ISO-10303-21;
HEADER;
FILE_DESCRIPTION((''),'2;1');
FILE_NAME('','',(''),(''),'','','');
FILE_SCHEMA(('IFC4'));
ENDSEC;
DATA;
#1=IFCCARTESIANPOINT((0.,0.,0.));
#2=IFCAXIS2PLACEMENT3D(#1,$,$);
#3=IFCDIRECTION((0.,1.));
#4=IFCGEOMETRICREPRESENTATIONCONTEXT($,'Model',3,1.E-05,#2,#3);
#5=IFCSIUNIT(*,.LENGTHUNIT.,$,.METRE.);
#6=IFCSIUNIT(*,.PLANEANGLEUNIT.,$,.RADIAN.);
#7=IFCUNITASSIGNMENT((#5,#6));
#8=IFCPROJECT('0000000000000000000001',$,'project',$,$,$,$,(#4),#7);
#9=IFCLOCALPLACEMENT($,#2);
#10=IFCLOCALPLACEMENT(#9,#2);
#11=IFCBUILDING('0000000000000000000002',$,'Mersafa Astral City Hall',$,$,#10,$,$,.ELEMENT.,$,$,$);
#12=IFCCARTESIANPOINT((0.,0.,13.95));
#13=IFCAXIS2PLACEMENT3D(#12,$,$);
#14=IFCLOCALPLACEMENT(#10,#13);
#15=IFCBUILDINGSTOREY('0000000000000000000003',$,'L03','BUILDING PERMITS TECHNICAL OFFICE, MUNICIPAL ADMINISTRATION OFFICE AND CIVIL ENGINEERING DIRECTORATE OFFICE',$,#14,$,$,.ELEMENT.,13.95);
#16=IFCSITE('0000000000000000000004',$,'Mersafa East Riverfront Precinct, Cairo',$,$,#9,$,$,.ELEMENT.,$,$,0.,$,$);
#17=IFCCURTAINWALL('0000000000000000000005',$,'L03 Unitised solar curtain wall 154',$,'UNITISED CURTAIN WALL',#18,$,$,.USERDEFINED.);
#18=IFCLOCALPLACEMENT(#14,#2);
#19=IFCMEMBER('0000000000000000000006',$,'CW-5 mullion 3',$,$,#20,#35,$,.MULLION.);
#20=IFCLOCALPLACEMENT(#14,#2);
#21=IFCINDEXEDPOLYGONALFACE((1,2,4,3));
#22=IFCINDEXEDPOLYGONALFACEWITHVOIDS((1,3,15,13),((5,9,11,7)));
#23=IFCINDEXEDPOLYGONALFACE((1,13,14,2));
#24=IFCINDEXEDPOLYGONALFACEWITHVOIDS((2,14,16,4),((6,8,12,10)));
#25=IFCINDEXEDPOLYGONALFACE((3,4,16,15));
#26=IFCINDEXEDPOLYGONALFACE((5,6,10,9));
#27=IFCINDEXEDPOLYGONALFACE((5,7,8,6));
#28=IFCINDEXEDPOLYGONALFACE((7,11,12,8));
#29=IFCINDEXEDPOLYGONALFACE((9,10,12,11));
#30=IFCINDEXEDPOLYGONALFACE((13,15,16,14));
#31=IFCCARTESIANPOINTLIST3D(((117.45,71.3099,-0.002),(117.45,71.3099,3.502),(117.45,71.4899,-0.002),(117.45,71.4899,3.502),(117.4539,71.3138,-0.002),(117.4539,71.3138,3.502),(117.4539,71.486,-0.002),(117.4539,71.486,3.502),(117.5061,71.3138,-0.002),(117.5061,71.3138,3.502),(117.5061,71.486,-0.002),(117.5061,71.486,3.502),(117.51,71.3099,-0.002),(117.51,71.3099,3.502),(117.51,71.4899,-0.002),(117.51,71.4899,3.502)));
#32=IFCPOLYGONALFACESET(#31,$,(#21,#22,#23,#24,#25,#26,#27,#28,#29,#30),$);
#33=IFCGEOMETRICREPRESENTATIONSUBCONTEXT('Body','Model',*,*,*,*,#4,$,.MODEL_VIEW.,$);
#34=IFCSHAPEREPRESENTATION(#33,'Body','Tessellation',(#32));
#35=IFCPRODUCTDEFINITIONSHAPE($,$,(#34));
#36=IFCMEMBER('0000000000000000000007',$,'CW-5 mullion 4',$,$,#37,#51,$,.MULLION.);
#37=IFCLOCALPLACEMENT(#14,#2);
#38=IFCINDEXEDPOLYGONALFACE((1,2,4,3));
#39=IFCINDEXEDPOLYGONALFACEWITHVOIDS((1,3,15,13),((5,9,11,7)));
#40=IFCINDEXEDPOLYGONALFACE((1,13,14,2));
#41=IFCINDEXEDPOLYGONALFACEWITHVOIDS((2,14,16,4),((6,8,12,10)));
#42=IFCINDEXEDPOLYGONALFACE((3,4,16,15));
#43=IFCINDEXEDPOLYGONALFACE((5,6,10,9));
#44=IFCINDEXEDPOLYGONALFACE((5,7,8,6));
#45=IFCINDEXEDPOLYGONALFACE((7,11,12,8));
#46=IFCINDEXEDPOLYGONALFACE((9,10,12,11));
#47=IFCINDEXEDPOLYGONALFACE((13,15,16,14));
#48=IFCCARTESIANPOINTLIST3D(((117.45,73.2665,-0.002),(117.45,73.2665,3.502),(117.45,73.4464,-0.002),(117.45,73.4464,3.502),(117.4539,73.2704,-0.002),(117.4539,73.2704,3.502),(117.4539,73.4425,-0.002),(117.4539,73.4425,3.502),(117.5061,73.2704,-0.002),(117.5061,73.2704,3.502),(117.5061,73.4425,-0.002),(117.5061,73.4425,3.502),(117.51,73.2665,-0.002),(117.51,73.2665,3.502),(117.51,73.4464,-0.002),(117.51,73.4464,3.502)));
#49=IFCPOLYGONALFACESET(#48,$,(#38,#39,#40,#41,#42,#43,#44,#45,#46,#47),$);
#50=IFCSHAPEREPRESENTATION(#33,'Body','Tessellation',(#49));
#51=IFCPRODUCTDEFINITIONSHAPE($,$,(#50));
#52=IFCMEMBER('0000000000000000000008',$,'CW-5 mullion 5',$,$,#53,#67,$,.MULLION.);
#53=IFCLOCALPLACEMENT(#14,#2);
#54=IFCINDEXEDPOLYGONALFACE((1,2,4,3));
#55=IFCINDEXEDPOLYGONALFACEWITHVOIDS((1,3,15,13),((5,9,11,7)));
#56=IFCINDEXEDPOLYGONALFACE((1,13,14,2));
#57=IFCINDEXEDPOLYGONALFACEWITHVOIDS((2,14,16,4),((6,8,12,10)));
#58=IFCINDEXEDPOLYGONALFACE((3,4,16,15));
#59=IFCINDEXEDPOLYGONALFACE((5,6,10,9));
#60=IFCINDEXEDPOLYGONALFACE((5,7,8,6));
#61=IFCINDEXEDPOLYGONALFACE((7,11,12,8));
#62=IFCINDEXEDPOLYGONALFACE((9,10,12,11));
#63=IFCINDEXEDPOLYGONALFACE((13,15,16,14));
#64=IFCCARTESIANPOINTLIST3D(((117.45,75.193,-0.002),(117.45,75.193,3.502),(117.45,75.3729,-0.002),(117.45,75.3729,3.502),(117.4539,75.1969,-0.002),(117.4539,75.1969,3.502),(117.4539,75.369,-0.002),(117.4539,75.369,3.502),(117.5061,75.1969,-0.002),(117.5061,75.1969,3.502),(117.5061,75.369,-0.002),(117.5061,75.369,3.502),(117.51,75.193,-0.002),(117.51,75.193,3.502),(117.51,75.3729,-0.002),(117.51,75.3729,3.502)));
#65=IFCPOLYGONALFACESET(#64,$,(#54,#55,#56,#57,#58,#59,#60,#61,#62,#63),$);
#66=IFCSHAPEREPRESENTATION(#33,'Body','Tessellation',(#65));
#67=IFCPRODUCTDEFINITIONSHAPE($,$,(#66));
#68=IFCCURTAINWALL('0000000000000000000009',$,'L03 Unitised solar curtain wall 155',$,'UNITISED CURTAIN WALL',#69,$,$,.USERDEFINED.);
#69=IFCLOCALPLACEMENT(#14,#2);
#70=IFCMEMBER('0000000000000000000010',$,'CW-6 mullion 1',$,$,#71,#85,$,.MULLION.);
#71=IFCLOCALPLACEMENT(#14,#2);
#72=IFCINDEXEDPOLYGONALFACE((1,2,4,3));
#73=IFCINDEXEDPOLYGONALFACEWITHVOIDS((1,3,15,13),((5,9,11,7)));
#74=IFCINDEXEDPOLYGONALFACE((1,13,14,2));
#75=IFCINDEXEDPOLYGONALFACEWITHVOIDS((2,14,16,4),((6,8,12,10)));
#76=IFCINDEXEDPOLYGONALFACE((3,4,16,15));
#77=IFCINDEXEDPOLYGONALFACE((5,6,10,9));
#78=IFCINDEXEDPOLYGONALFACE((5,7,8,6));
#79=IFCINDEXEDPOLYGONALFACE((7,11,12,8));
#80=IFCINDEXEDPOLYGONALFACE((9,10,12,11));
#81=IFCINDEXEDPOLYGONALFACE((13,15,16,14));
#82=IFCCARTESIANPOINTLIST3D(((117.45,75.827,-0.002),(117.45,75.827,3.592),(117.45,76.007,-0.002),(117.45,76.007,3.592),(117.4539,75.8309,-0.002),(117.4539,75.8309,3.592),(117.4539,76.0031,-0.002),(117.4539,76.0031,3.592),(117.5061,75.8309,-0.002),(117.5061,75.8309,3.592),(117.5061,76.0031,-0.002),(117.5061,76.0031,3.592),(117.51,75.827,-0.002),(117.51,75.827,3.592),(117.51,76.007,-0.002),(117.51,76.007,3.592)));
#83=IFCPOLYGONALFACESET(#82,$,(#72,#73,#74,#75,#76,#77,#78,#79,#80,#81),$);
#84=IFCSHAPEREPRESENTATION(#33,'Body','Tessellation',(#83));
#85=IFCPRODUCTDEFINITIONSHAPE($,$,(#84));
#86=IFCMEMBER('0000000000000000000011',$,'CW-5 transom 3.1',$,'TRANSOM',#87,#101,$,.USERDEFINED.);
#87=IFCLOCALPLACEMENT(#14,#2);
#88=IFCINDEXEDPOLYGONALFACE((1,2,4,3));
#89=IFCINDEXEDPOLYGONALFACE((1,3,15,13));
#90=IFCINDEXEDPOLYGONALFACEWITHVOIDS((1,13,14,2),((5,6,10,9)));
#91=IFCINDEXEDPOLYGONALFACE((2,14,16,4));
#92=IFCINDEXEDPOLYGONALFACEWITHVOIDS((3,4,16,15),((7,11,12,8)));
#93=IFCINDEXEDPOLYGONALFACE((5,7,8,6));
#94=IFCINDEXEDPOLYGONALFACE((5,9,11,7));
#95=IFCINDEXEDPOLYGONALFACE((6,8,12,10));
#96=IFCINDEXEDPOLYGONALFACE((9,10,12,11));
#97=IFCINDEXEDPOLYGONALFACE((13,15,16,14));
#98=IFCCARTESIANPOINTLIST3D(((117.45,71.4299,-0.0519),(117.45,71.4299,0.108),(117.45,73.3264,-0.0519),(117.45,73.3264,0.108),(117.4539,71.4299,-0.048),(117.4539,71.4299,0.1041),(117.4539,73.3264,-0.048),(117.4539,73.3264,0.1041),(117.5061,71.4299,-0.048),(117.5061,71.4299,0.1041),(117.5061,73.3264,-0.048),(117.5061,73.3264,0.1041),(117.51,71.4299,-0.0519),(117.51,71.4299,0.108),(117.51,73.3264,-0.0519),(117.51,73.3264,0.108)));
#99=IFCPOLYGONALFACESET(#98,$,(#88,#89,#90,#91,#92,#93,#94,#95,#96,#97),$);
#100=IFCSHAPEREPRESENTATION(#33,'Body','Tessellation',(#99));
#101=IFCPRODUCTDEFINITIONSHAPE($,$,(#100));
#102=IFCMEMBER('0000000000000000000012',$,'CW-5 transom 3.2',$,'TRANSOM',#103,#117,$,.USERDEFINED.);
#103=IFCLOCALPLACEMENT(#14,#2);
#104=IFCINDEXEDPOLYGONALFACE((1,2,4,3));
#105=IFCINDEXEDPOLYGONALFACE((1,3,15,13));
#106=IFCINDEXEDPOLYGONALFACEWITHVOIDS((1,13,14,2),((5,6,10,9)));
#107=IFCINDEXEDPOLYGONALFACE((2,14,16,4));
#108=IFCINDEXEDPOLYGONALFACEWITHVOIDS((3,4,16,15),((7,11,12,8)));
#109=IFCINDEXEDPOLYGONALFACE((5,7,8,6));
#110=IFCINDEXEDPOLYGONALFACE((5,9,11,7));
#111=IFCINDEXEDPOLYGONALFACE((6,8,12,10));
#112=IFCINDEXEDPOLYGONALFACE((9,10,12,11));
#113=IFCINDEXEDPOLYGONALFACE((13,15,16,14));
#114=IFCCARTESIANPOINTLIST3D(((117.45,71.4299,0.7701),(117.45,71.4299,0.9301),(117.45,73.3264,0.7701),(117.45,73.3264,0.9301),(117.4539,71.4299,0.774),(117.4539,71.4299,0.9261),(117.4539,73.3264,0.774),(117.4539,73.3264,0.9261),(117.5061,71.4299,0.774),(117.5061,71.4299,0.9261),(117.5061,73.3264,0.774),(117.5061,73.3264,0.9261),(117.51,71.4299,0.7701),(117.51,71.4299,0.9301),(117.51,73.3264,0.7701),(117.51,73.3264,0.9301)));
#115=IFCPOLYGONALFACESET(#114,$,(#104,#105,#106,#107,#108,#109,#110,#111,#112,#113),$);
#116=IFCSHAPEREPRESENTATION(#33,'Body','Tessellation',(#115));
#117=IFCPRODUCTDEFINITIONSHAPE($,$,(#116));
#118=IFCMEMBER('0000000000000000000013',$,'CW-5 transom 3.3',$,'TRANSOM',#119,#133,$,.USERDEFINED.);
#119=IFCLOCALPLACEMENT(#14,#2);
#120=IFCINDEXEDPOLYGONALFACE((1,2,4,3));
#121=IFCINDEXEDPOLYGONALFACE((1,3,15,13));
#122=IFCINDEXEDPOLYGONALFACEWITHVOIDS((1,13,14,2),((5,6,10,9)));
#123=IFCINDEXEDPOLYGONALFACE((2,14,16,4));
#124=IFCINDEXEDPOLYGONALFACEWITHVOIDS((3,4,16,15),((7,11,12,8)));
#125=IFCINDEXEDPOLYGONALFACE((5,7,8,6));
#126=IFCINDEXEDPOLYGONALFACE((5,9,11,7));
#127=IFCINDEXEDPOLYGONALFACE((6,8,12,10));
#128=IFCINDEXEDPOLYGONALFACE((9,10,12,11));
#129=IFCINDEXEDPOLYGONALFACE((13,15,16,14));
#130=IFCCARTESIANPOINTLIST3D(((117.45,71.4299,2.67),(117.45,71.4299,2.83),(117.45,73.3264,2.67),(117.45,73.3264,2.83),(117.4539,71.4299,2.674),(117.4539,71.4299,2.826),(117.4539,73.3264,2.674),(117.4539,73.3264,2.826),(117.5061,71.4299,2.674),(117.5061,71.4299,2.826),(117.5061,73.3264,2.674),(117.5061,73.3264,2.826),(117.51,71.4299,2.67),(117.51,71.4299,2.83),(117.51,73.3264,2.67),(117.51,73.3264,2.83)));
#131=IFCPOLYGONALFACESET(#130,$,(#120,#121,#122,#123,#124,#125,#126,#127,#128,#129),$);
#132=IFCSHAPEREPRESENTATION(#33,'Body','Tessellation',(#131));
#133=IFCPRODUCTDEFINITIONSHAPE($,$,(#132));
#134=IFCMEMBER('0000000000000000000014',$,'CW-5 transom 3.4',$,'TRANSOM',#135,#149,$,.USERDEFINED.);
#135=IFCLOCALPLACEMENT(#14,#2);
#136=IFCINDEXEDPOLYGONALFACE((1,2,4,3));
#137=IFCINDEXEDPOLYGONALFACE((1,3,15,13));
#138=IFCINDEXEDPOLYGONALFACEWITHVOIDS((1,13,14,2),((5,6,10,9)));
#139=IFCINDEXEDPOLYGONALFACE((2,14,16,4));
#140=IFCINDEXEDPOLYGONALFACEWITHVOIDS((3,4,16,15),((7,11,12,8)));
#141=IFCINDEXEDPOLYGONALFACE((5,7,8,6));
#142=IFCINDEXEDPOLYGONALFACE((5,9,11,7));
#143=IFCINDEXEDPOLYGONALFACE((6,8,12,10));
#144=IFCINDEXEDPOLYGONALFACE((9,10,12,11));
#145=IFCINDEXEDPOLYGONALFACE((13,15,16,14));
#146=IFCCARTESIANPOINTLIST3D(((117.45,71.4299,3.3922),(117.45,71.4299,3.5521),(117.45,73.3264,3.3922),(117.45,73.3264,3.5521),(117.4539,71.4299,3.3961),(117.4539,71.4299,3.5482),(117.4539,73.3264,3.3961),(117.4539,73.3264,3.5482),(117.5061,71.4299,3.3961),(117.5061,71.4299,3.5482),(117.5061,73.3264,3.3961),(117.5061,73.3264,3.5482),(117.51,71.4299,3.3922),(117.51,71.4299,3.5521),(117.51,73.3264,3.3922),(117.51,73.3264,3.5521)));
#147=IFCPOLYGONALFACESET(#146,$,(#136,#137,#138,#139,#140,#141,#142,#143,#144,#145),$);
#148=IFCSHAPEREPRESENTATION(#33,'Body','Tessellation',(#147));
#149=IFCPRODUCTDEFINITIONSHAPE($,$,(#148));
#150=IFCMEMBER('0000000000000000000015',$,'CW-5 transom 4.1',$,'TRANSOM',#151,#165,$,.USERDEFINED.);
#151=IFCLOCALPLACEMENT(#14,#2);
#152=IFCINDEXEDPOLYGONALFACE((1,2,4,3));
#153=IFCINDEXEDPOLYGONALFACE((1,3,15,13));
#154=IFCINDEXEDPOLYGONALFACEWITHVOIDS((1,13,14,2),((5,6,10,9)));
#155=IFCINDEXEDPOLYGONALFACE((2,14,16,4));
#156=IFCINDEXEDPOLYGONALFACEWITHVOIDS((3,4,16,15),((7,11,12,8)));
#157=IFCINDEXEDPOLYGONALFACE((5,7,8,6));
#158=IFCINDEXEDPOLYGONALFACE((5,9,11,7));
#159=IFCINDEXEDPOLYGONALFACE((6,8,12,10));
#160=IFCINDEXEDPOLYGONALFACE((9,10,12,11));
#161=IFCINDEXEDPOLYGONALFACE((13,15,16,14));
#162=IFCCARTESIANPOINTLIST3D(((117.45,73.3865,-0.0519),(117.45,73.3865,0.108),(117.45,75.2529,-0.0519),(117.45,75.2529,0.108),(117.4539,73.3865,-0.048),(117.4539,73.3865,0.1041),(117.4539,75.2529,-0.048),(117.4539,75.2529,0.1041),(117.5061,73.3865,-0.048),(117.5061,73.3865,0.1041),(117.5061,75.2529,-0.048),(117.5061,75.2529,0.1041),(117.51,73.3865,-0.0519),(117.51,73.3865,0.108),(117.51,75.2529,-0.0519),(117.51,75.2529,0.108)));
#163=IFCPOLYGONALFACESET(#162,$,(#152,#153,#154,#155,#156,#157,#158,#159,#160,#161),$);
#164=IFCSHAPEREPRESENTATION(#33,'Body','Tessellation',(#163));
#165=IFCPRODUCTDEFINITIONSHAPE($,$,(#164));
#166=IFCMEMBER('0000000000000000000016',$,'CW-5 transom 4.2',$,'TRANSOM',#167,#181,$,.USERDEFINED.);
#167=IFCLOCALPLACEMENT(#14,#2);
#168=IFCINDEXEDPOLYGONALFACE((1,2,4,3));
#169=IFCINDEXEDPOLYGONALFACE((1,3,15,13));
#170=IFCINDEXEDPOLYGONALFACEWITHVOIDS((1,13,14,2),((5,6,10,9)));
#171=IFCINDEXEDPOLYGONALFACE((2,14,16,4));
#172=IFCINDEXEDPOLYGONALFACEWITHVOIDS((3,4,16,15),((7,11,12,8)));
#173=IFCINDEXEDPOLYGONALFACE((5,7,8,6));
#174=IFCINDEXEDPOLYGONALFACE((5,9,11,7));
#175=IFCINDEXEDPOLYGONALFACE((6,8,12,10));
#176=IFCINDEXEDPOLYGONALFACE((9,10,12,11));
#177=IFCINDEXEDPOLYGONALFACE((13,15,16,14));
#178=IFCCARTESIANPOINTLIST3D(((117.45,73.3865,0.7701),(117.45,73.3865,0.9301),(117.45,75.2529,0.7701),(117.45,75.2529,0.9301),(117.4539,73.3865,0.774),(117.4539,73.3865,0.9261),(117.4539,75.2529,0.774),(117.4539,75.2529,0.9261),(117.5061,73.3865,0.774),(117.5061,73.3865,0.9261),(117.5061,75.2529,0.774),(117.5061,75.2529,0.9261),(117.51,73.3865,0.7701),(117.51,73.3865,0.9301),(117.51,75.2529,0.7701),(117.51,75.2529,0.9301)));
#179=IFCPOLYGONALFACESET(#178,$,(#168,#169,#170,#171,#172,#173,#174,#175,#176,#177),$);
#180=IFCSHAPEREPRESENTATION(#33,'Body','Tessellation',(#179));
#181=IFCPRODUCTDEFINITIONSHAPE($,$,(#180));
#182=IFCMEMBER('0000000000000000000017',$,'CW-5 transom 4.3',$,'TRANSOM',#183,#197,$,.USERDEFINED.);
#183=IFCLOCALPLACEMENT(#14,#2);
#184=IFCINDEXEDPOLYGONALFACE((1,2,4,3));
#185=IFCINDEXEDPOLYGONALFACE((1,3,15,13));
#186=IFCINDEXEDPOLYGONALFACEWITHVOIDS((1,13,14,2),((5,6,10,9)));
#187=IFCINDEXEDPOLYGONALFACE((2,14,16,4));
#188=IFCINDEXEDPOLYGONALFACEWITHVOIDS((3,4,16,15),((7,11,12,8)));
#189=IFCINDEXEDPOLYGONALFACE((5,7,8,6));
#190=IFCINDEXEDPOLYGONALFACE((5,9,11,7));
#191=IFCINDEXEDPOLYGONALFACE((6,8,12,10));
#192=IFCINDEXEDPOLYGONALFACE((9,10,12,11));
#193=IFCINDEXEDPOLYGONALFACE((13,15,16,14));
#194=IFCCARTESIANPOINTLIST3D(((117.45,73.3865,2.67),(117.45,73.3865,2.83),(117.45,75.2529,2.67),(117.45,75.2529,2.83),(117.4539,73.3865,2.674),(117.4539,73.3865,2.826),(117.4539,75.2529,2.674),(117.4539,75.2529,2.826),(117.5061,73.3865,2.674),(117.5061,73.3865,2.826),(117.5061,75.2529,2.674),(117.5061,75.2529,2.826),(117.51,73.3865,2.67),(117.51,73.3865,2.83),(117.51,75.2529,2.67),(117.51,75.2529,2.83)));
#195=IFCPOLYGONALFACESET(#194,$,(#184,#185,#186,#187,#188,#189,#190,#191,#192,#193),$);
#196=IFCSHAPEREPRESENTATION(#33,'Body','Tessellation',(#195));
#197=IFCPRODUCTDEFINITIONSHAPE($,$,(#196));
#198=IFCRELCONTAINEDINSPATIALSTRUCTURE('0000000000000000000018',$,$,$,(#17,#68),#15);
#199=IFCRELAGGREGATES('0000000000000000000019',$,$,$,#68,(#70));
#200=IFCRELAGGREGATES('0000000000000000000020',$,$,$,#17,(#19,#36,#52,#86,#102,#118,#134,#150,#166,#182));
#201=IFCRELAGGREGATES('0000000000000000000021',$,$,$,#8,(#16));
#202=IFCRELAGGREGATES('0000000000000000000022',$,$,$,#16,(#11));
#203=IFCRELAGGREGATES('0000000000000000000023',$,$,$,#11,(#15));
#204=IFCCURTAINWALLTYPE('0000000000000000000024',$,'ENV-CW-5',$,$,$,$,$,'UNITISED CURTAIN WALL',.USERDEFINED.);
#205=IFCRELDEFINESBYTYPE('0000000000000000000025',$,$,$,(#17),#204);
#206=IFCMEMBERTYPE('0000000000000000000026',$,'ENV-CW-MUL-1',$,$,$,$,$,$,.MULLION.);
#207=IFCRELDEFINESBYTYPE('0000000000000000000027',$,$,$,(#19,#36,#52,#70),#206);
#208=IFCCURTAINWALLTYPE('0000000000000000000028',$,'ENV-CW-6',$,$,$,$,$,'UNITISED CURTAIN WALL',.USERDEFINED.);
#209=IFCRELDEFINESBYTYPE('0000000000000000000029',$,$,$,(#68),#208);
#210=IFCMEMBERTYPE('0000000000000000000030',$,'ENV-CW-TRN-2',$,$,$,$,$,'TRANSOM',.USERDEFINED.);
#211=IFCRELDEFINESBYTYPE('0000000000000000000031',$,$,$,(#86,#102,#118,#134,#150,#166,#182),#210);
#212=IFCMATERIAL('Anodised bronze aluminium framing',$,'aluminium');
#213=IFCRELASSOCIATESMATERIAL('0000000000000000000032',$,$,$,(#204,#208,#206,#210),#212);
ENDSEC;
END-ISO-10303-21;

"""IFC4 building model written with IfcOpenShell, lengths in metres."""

from ifc_helpers import new_model, si_unit, direction, frame, origin, origin_2d, place, context, subcontext, project, spatial, hollow_rectangle, extrude, material, material_profile, profile_set, type_object, element, aggregate, save


model = new_model("IFC4")

# Units and contexts
model_context = context("Model", 3, precision=1e-05, world=origin(), true_north=direction((0.0, 1.0)))
body_context = subcontext(model_context, "Body", "Model", "MODEL_VIEW")
ifc_project = project(units=[si_unit("LENGTHUNIT", "METRE"), si_unit("PLANEANGLEUNIT", "RADIAN")], contexts=[model_context])

# Site, building, storey
site_placement = place(None, origin())
site = spatial("IfcSite", under=ifc_project, at=site_placement, Name="Mersafa East Riverfront Precinct, Cairo", CompositionType="ELEMENT", RefElevation=0.0)
building_placement = place(site_placement, origin())
building = spatial("IfcBuilding", under=site, at=building_placement, Name="Mersafa Astral City Hall", CompositionType="ELEMENT")
storey_placement = place(building_placement, frame((0.0, 0.0, 13.95)))
storey = spatial("IfcBuildingStorey", under=building, at=storey_placement, Name="L03", Description="BUILDING PERMITS TECHNICAL OFFICE, MUNICIPAL ADMINISTRATION OFFICE AND CIVIL ENGINEERING DIRECTORATE OFFICE", CompositionType="ELEMENT", Elevation=13.95)

# Curtain wall, members
ifc_material_1 = material(Name="Anodised bronze aluminium framing", Category="aluminium")
curtain_wall_type_1 = type_object("IfcCurtainWallType", Name="ENV-CW-5", ElementType="UNITISED CURTAIN WALL", PredefinedType="USERDEFINED", material=ifc_material_1)
curtain_wall_1_placement = place(storey_placement, origin())
curtain_wall_1 = element("IfcCurtainWall", 1, at=curtain_wall_1_placement, inside=storey, type_object=curtain_wall_type_1, Name="L03 Unitised solar curtain wall 154", ObjectType="UNITISED CURTAIN WALL", PredefinedType="USERDEFINED")
ifc_material_profile_1 = material_profile(ifc_material_1, hollow_rectangle(XDim=0.0601, YDim=0.1799, WallThickness=0.0039, at=origin_2d()), Name="RHS 60x180x4")
ifc_profile_set_1 = profile_set([ifc_material_profile_1], Name="Anodised bronze aluminium framing")
member_type_1 = type_object("IfcMemberType", Name="ENV-CW-MUL-1", PredefinedType="MULLION", material=ifc_profile_set_1)
member_1_placement = place(storey_placement, frame((117.48, 71.3999, -0.002), z_axis=(0.0, 0.0, 1.0), x_axis=(-1.0, 0.0, 0.0)))
member_1 = element("IfcMember", 2, at=member_1_placement, type_object=member_type_1, Name="CW-5 mullion 3", PredefinedType="MULLION", context=body_context, shape_type="SweptSolid", body=[
    extrude(hollow_rectangle(XDim=0.0601, YDim=0.1799, WallThickness=0.0039, at=origin_2d()), origin(), (0.0, 0.0, 1.0), 3.5039),
])
member_2_placement = place(storey_placement, frame((117.48, 73.3564, -0.002), z_axis=(0.0, 0.0, 1.0), x_axis=(-1.0, 0.0, 0.0)))
member_2 = element("IfcMember", 3, at=member_2_placement, type_object=member_type_1, Name="CW-5 mullion 4", PredefinedType="MULLION", context=body_context, shape_type="SweptSolid", body=[
    extrude(hollow_rectangle(XDim=0.0601, YDim=0.1799, WallThickness=0.0039, at=origin_2d()), origin(), (0.0, 0.0, 1.0), 3.5039),
])
member_3_placement = place(storey_placement, frame((117.48, 75.283, -0.002), z_axis=(0.0, 0.0, 1.0), x_axis=(-1.0, 0.0, 0.0)))
member_3 = element("IfcMember", 4, at=member_3_placement, type_object=member_type_1, Name="CW-5 mullion 5", PredefinedType="MULLION", context=body_context, shape_type="SweptSolid", body=[
    extrude(hollow_rectangle(XDim=0.0601, YDim=0.1799, WallThickness=0.0039, at=origin_2d()), origin(), (0.0, 0.0, 1.0), 3.5039),
])

# Curtain wall, member
curtain_wall_type_2 = type_object("IfcCurtainWallType", Name="ENV-CW-6", ElementType="UNITISED CURTAIN WALL", PredefinedType="USERDEFINED", material=ifc_material_1)
curtain_wall_2_placement = place(storey_placement, origin())
curtain_wall_2 = element("IfcCurtainWall", 5, at=curtain_wall_2_placement, inside=storey, type_object=curtain_wall_type_2, Name="L03 Unitised solar curtain wall 155", ObjectType="UNITISED CURTAIN WALL", PredefinedType="USERDEFINED")
member_4_placement = place(storey_placement, frame((117.48, 75.917, -0.002), z_axis=(0.0, 0.0, 1.0), x_axis=(-1.0, 0.0, 0.0)))
member_4 = element("IfcMember", 6, at=member_4_placement, type_object=member_type_1, Name="CW-6 mullion 1", PredefinedType="MULLION", context=body_context, shape_type="SweptSolid", body=[
    extrude(hollow_rectangle(XDim=0.0601, YDim=0.1799, WallThickness=0.0039, at=origin_2d()), origin(), (0.0, 0.0, 1.0), 3.594),
])
aggregate(curtain_wall_2, [member_4])

# Members
ifc_material_profile_2 = material_profile(ifc_material_1, hollow_rectangle(XDim=0.0601, YDim=0.1599, WallThickness=0.0039, at=origin_2d()), Name="RHS 60x160x4")
ifc_profile_set_2 = profile_set([ifc_material_profile_2], Name="Anodised bronze aluminium framing")
member_type_2 = type_object("IfcMemberType", Name="ENV-CW-TRN-2", ElementType="TRANSOM", PredefinedType="USERDEFINED", material=ifc_profile_set_2)
member_5_placement = place(storey_placement, frame((117.48, 71.4299, 0.0281), z_axis=(0.0, 1.0, 0.0), x_axis=(-1.0, 0.0, 0.0)))
member_5 = element("IfcMember", 7, at=member_5_placement, type_object=member_type_2, Name="CW-5 transom 3.1", ObjectType="TRANSOM", PredefinedType="USERDEFINED", context=body_context, shape_type="SweptSolid", body=[
    extrude(hollow_rectangle(XDim=0.0601, YDim=0.1599, WallThickness=0.0039, at=origin_2d()), origin(), (0.0, 0.0, 1.0), 1.8965),
])
member_6_placement = place(storey_placement, frame((117.48, 71.4299, 0.8501), z_axis=(0.0, 1.0, 0.0), x_axis=(-1.0, 0.0, 0.0)))
member_6 = element("IfcMember", 8, at=member_6_placement, type_object=member_type_2, Name="CW-5 transom 3.2", ObjectType="TRANSOM", PredefinedType="USERDEFINED", context=body_context, shape_type="SweptSolid", body=[
    extrude(hollow_rectangle(XDim=0.0601, YDim=0.1599, WallThickness=0.0039, at=origin_2d()), origin(), (0.0, 0.0, 1.0), 1.8965),
])
member_7_placement = place(storey_placement, frame((117.48, 71.4299, 2.75), z_axis=(0.0, 1.0, 0.0), x_axis=(-1.0, 0.0, 0.0)))
member_7 = element("IfcMember", 9, at=member_7_placement, type_object=member_type_2, Name="CW-5 transom 3.3", ObjectType="TRANSOM", PredefinedType="USERDEFINED", context=body_context, shape_type="SweptSolid", body=[
    extrude(hollow_rectangle(XDim=0.0601, YDim=0.1599, WallThickness=0.0039, at=origin_2d()), origin(), (0.0, 0.0, 1.0), 1.8965),
])
member_8_placement = place(storey_placement, frame((117.48, 71.4299, 3.4722), z_axis=(0.0, 1.0, 0.0), x_axis=(-1.0, 0.0, 0.0)))
member_8 = element("IfcMember", 10, at=member_8_placement, type_object=member_type_2, Name="CW-5 transom 3.4", ObjectType="TRANSOM", PredefinedType="USERDEFINED", context=body_context, shape_type="SweptSolid", body=[
    extrude(hollow_rectangle(XDim=0.0601, YDim=0.1599, WallThickness=0.0039, at=origin_2d()), origin(), (0.0, 0.0, 1.0), 1.8965),
])
member_9_placement = place(storey_placement, frame((117.48, 73.3865, 0.0281), z_axis=(0.0, 1.0, 0.0), x_axis=(-1.0, 0.0, 0.0)))
member_9 = element("IfcMember", 11, at=member_9_placement, type_object=member_type_2, Name="CW-5 transom 4.1", ObjectType="TRANSOM", PredefinedType="USERDEFINED", context=body_context, shape_type="SweptSolid", body=[
    extrude(hollow_rectangle(XDim=0.0601, YDim=0.1599, WallThickness=0.0039, at=origin_2d()), origin(), (0.0, 0.0, 1.0), 1.8665),
])
member_10_placement = place(storey_placement, frame((117.48, 73.3865, 0.8501), z_axis=(0.0, 1.0, 0.0), x_axis=(-1.0, 0.0, 0.0)))
member_10 = element("IfcMember", 12, at=member_10_placement, type_object=member_type_2, Name="CW-5 transom 4.2", ObjectType="TRANSOM", PredefinedType="USERDEFINED", context=body_context, shape_type="SweptSolid", body=[
    extrude(hollow_rectangle(XDim=0.0601, YDim=0.1599, WallThickness=0.0039, at=origin_2d()), origin(), (0.0, 0.0, 1.0), 1.8665),
])
member_11_placement = place(storey_placement, frame((117.48, 73.3865, 2.75), z_axis=(0.0, 1.0, 0.0), x_axis=(-1.0, 0.0, 0.0)))
member_11 = element("IfcMember", 13, at=member_11_placement, type_object=member_type_2, Name="CW-5 transom 4.3", ObjectType="TRANSOM", PredefinedType="USERDEFINED", context=body_context, shape_type="SweptSolid", body=[
    extrude(hollow_rectangle(XDim=0.0601, YDim=0.1599, WallThickness=0.0039, at=origin_2d()), origin(), (0.0, 0.0, 1.0), 1.8665),
])

aggregate(curtain_wall_1, [member_1, member_2, member_3, member_5, member_6, member_7, member_8, member_9, member_10, member_11])

save(model, "model.ifc")
